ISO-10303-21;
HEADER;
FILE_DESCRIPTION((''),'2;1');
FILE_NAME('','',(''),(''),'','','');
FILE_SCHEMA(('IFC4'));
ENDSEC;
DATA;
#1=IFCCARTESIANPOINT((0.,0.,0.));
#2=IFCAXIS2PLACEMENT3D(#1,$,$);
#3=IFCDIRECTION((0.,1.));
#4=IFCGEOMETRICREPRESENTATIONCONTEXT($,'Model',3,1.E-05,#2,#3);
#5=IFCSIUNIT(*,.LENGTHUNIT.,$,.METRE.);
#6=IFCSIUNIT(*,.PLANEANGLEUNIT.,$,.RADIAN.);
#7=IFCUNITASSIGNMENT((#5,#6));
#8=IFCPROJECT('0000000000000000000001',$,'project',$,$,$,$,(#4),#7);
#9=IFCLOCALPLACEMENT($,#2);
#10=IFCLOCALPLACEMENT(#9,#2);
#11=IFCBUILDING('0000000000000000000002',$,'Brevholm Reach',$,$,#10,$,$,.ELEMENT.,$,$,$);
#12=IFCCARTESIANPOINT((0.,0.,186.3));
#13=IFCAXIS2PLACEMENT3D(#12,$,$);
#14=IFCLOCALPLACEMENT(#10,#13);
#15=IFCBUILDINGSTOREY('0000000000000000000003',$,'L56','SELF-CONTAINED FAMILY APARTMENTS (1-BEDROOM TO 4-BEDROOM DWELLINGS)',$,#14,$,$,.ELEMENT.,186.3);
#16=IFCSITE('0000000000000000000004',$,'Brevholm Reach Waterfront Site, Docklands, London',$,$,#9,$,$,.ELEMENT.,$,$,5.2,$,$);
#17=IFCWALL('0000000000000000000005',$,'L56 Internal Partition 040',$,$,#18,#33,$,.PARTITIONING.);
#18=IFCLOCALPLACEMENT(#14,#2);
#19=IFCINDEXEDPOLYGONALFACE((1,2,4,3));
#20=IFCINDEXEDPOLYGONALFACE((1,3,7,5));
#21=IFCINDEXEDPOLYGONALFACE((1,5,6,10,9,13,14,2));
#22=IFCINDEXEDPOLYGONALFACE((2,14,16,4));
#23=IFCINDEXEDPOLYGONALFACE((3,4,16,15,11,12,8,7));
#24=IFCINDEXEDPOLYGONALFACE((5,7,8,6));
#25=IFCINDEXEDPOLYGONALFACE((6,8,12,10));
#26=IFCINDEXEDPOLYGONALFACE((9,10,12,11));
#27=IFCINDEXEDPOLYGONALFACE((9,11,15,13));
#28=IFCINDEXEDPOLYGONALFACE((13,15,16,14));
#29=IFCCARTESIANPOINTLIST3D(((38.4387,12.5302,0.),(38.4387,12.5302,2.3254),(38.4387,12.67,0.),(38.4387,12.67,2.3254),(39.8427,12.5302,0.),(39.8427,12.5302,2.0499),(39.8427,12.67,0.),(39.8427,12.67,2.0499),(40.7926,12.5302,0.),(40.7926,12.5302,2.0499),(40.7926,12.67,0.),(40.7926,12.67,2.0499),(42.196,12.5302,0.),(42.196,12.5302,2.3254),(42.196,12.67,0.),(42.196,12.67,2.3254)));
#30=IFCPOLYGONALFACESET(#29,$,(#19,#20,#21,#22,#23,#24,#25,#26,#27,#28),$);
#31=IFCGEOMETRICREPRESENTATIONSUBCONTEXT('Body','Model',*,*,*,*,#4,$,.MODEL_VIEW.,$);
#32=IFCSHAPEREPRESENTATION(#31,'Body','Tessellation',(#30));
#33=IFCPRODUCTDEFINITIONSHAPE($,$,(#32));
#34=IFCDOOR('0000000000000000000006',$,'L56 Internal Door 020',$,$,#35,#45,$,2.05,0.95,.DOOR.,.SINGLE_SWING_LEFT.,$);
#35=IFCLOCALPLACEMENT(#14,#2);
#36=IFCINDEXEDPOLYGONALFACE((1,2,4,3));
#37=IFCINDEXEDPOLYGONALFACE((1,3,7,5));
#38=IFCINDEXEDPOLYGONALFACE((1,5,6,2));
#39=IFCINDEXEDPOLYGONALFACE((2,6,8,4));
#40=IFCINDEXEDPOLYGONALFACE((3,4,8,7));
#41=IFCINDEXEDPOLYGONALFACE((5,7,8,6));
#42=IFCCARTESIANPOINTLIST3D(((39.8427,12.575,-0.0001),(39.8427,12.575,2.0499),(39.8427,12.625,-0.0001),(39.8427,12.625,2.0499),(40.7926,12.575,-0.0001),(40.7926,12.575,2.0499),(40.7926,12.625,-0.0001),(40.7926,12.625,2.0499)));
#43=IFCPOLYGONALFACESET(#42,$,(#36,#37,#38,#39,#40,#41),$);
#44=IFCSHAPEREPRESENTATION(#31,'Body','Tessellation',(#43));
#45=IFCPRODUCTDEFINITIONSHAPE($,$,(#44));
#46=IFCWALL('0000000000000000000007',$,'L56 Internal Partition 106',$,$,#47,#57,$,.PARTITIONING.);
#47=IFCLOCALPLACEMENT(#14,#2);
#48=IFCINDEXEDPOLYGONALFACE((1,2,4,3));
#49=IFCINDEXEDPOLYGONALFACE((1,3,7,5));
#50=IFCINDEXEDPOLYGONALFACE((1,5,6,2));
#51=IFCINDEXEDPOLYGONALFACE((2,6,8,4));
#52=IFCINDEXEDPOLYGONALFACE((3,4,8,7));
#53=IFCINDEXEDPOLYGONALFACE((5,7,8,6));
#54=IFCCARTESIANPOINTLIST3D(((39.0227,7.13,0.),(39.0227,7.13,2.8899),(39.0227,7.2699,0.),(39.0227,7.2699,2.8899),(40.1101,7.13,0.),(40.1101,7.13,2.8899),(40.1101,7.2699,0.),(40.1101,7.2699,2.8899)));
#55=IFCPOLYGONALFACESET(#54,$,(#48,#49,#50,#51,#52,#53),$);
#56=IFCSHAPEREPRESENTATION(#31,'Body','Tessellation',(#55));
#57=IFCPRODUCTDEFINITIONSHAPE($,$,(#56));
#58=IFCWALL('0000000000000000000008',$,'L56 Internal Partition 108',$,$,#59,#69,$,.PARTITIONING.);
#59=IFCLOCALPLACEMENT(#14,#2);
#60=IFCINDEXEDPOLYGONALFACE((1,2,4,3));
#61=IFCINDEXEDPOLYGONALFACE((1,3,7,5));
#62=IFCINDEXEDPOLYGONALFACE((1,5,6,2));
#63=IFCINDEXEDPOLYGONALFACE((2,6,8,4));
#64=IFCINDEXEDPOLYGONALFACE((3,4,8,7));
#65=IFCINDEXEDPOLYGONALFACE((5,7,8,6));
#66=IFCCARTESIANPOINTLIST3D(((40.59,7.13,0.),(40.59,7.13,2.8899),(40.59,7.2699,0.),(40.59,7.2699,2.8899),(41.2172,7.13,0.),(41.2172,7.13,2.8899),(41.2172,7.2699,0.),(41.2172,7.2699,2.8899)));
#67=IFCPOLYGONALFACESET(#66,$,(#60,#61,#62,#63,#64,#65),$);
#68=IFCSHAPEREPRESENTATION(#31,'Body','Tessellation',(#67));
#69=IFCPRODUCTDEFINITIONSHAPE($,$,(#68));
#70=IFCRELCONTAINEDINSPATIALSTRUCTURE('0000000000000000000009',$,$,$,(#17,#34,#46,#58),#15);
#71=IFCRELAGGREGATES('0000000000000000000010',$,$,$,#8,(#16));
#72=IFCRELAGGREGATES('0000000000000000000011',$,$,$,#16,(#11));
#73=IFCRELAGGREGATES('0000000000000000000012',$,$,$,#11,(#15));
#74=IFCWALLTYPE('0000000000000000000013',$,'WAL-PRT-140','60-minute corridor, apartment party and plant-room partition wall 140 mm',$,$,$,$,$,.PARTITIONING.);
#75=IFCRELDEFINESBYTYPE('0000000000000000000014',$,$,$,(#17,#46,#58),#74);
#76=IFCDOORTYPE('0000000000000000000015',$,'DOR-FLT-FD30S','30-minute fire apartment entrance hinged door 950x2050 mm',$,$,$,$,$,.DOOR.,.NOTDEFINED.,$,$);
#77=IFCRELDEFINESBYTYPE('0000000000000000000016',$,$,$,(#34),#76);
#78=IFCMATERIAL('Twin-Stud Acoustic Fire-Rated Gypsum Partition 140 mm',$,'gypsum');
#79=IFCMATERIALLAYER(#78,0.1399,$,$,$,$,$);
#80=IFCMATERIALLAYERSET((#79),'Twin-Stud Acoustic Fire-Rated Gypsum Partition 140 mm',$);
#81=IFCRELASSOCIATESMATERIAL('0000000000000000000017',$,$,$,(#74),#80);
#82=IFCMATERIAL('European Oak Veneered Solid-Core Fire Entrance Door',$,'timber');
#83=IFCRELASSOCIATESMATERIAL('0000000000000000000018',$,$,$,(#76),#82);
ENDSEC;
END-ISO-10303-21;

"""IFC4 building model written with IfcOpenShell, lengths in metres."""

from ifc_helpers import new_model, si_unit, direction, frame, frame_2d, origin, place, context, subcontext, project, spatial, rectangle, extrude, material, layer, layer_set, type_object, element, fill, save


model = new_model("IFC4")

# Units and contexts
model_context = context("Model", 3, precision=1e-05, world=origin(), true_north=direction((0.0, 1.0)))
body_context = subcontext(model_context, "Body", "Model", "MODEL_VIEW")
ifc_project = project(units=[si_unit("LENGTHUNIT", "METRE"), si_unit("PLANEANGLEUNIT", "RADIAN")], contexts=[model_context])

# Site, building, storey
site_placement = place(None, origin())
site = spatial("IfcSite", under=ifc_project, at=site_placement, Name="Brevholm Reach Waterfront Site, Docklands, London", CompositionType="ELEMENT", RefElevation=5.2)
building_placement = place(site_placement, origin())
building = spatial("IfcBuilding", under=site, at=building_placement, Name="Brevholm Reach", CompositionType="ELEMENT")
storey_placement = place(building_placement, frame((0.0, 0.0, 186.3)))
storey = spatial("IfcBuildingStorey", under=building, at=storey_placement, Name="L56", Description="SELF-CONTAINED FAMILY APARTMENTS (1-BEDROOM TO 4-BEDROOM DWELLINGS)", CompositionType="ELEMENT", Elevation=186.3)

# Shared definitions
ifc_material_1 = material(Name="Twin-Stud Acoustic Fire-Rated Gypsum Partition 140 mm", Category="gypsum")
ifc_layer_1 = layer(ifc_material_1, 0.1399)
ifc_layer_set_1 = layer_set([ifc_layer_1], Name="Twin-Stud Acoustic Fire-Rated Gypsum Partition 140 mm")
wall_type_1 = type_object("IfcWallType", Name="WAL-PRT-140", Description="60-minute corridor, apartment party and plant-room partition wall 140 mm", PredefinedType="PARTITIONING", material=ifc_layer_set_1)

# Wall, opening, door
wall_1_placement = place(storey_placement, frame((38.4387, 12.6001, 0.0), z_axis=(0.0, 0.0, 1.0), x_axis=(1.0, 0.0, 0.0)))
wall_1 = element("IfcWall", 1, at=wall_1_placement, inside=storey, type_object=wall_type_1, Name="L56 Internal Partition 040", PredefinedType="PARTITIONING", context=body_context, shape_type="SweptSolid", body=[
    extrude(rectangle(XDim=3.7573, YDim=0.1399, at=frame_2d((1.8787, 0.0))), origin(), (0.0, 0.0, 1.0), 2.3254),
])
opening_1_placement = place(wall_1_placement, frame((1.4038, 0.0, 0.0)))
opening_1 = element("IfcOpeningElement", 2, at=opening_1_placement, cuts=wall_1, PredefinedType="OPENING", context=body_context, shape_type="SweptSolid", body=[
    extrude(rectangle(XDim=0.95, YDim=2.05, at=frame_2d((0.4751, 1.0249))), frame((0.0, 0.0798, 0.0), z_axis=(0.0, -1.0, 0.0), x_axis=(1.0, 0.0, 0.0)), (0.0, 0.0, 1.0), 0.1599),
])
ifc_material_2 = material(Name="European Oak Veneered Solid-Core Fire Entrance Door", Category="timber")
door_type_1 = type_object("IfcDoorType", Name="DOR-FLT-FD30S", Description="30-minute fire apartment entrance hinged door 950x2050 mm", OperationType="NOTDEFINED", PredefinedType="DOOR", material=ifc_material_2)
door_1_placement = place(opening_1_placement, origin())
door_1 = element("IfcDoor", 3, at=door_1_placement, inside=storey, type_object=door_type_1, Name="L56 Internal Door 020", OperationType="SINGLE_SWING_LEFT", OverallHeight=2.05, OverallWidth=0.95, PredefinedType="DOOR", context=body_context, shape_type="SweptSolid", body=[
    extrude(rectangle(XDim=0.95, YDim=2.05, at=frame_2d((0.4751, 1.0249))), frame((0.0, 0.0249, 0.0), z_axis=(0.0, -1.0, 0.0), x_axis=(1.0, 0.0, 0.0)), (0.0, 0.0, 1.0), 0.05),
])
fill(opening_1, door_1)

# Walls
wall_2_placement = place(storey_placement, frame((39.0227, 7.2, 0.0), z_axis=(0.0, 0.0, 1.0), x_axis=(1.0, 0.0, 0.0)))
element("IfcWall", 4, at=wall_2_placement, inside=storey, type_object=wall_type_1, Name="L56 Internal Partition 106", PredefinedType="PARTITIONING", context=body_context, shape_type="SweptSolid", body=[
    extrude(rectangle(XDim=1.0874, YDim=0.1399, at=frame_2d((0.5437, 0.0))), origin(), (0.0, 0.0, 1.0), 2.8899),
])
wall_3_placement = place(storey_placement, frame((40.5901, 7.2, 0.0), z_axis=(0.0, 0.0, 1.0), x_axis=(1.0, 0.0, 0.0)))
element("IfcWall", 5, at=wall_3_placement, inside=storey, type_object=wall_type_1, Name="L56 Internal Partition 108", PredefinedType="PARTITIONING", context=body_context, shape_type="SweptSolid", body=[
    extrude(rectangle(XDim=0.6272, YDim=0.1399, at=frame_2d((0.3135, 0.0))), origin(), (0.0, 0.0, 1.0), 2.8899),
])

save(model, "model.ifc")
